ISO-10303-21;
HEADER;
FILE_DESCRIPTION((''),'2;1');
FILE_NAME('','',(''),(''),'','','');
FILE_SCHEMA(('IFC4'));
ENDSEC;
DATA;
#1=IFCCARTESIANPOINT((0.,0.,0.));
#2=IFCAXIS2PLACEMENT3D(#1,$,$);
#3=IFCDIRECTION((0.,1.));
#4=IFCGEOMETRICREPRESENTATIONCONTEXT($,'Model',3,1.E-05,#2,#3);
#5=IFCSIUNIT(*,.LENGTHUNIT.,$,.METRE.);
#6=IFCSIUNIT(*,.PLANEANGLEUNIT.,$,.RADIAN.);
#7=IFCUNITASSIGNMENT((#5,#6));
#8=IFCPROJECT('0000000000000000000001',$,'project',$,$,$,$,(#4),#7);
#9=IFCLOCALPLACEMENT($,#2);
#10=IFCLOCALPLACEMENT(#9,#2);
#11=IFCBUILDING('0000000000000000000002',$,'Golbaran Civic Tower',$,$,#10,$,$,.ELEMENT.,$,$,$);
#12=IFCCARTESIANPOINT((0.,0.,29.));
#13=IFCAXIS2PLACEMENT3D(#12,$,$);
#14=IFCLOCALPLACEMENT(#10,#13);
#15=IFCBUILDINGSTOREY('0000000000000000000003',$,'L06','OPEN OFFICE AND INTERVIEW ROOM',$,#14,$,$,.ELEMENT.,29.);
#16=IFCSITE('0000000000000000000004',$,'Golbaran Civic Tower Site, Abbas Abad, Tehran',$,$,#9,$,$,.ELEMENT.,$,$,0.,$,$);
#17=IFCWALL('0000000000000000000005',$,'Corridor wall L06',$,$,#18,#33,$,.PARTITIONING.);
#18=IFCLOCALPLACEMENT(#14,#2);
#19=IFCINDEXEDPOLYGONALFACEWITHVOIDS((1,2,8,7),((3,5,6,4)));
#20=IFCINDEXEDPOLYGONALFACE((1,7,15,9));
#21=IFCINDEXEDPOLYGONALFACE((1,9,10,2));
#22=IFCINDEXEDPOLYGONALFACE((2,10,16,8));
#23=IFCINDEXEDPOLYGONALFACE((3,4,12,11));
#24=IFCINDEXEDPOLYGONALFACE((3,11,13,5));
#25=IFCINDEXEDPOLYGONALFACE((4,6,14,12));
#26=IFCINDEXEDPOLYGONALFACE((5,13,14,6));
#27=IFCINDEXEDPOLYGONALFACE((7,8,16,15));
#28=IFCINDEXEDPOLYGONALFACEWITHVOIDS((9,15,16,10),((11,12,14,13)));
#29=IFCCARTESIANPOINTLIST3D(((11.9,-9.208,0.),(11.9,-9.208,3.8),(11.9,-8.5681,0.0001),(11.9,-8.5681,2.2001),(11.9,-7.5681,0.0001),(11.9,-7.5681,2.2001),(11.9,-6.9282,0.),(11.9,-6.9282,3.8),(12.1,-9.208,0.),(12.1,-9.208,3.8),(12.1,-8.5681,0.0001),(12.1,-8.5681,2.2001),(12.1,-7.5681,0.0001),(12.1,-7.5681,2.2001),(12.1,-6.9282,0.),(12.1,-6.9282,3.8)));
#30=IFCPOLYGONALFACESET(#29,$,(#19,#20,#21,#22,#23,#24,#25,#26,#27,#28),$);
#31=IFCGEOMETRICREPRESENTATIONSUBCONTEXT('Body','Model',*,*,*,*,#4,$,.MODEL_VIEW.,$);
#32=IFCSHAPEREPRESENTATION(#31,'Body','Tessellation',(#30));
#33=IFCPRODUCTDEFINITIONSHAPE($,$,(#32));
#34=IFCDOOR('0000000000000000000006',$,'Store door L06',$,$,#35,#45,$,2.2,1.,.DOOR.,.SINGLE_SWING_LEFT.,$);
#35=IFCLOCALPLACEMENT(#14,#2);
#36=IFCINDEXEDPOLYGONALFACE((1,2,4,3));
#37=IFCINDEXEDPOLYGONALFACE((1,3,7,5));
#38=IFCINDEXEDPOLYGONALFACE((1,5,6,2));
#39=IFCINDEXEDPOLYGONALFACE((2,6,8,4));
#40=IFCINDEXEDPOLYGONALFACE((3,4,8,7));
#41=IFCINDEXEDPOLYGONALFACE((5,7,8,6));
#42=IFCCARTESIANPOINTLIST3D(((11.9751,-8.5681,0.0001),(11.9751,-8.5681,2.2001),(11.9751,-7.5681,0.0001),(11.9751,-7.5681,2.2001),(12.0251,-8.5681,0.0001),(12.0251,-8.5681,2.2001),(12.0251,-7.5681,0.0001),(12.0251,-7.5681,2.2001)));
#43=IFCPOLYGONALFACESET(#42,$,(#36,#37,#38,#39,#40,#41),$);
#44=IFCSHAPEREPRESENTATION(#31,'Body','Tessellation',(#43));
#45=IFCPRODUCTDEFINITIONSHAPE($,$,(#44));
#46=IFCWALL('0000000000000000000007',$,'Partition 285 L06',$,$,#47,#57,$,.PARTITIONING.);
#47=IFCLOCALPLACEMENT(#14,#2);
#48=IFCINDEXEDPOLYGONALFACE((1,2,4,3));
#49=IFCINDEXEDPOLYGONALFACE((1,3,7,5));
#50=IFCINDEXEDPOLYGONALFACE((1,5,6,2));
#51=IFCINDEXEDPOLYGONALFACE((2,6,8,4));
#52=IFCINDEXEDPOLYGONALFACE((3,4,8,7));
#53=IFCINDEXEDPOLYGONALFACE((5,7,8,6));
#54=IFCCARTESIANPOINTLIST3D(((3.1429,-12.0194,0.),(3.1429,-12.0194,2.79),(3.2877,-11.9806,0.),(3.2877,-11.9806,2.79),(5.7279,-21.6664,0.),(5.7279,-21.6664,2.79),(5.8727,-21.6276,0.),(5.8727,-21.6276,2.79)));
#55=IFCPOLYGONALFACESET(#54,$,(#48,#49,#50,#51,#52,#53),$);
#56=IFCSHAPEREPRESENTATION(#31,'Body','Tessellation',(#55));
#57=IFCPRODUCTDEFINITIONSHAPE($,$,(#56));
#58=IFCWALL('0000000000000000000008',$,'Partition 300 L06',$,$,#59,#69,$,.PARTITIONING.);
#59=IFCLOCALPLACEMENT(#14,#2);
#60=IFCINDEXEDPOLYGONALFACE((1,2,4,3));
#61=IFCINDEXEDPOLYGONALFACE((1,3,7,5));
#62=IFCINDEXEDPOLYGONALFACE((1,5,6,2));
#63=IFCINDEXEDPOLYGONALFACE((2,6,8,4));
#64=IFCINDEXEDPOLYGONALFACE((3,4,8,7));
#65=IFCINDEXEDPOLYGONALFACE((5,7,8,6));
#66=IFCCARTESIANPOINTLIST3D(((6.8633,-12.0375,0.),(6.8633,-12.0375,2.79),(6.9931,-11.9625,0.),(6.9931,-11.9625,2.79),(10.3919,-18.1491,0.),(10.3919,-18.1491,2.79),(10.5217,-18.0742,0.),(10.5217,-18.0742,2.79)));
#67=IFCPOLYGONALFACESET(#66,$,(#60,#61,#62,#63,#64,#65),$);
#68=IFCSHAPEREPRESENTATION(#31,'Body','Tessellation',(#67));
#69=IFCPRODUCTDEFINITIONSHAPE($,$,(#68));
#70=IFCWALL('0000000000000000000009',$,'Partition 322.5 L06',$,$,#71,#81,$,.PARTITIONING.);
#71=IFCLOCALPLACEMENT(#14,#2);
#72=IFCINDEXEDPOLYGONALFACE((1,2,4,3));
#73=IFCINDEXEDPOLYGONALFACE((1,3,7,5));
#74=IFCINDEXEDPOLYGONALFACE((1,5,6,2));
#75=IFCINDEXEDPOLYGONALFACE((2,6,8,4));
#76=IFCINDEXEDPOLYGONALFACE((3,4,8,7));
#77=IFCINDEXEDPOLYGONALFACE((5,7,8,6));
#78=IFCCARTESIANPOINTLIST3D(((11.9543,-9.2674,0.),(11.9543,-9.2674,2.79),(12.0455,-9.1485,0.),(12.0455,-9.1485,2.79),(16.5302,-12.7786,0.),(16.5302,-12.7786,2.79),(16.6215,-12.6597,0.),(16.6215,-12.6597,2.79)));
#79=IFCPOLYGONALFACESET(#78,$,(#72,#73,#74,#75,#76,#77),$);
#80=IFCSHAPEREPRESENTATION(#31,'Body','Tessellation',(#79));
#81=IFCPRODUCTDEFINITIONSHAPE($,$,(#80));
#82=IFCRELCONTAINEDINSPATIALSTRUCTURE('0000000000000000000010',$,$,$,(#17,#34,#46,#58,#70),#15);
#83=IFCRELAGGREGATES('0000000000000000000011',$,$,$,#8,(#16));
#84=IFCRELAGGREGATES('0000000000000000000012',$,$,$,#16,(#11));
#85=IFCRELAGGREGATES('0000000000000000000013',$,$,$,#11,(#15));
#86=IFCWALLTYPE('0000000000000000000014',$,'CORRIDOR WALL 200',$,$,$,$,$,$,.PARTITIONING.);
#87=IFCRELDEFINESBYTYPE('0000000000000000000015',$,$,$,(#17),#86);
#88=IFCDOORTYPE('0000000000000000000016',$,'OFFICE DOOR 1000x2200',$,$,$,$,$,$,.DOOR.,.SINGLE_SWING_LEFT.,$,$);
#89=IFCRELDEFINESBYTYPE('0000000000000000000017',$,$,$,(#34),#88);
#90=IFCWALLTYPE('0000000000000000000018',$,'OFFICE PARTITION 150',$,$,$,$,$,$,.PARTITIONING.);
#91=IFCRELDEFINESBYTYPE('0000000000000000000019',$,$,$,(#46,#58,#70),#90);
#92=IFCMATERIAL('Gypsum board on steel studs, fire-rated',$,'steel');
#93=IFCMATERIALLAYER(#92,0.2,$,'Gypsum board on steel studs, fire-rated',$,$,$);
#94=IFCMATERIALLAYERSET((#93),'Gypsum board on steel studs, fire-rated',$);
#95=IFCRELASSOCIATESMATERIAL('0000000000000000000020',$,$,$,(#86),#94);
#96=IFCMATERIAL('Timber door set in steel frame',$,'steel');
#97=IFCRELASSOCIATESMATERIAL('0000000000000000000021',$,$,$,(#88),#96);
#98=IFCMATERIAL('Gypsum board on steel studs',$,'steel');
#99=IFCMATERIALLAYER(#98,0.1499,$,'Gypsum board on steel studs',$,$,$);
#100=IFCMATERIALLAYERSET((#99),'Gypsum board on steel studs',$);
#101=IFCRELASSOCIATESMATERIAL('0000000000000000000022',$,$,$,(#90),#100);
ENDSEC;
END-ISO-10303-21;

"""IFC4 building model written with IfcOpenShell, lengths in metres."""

from ifc_helpers import new_model, si_unit, direction, frame, frame_2d, origin, place, context, subcontext, project, spatial, rectangle, extrude, material, layer, layer_set, type_object, element, fill, save


model = new_model("IFC4")

# Units and contexts
model_context = context("Model", 3, precision=1e-05, world=origin(), true_north=direction((0.0, 1.0)))
body_context = subcontext(model_context, "Body", "Model", "MODEL_VIEW")
ifc_project = project(units=[si_unit("LENGTHUNIT", "METRE"), si_unit("PLANEANGLEUNIT", "RADIAN")], contexts=[model_context])

# Site, building, storey
site_placement = place(None, origin())
site = spatial("IfcSite", under=ifc_project, at=site_placement, Name="Golbaran Civic Tower Site, Abbas Abad, Tehran", CompositionType="ELEMENT", RefElevation=0.0)
building_placement = place(site_placement, origin())
building = spatial("IfcBuilding", under=site, at=building_placement, Name="Golbaran Civic Tower", CompositionType="ELEMENT")
storey_placement = place(building_placement, frame((0.0, 0.0, 29.0)))
storey = spatial("IfcBuildingStorey", under=building, at=storey_placement, Name="L06", Description="OPEN OFFICE AND INTERVIEW ROOM", CompositionType="ELEMENT", Elevation=29.0)

# Shared definitions
ifc_material_1 = material(Name="Timber door set in steel frame", Category="steel")

# Shared definitions
ifc_material_2 = material(Name="Gypsum board on steel studs, fire-rated", Category="steel")
ifc_layer_1 = layer(ifc_material_2, 0.2, Name="Gypsum board on steel studs, fire-rated")
ifc_layer_set_1 = layer_set([ifc_layer_1], Name="Gypsum board on steel studs, fire-rated")
wall_type_1 = type_object("IfcWallType", Name="CORRIDOR WALL 200", PredefinedType="PARTITIONING", material=ifc_layer_set_1)
door_type_1 = type_object("IfcDoorType", Name="OFFICE DOOR 1000x2200", OperationType="SINGLE_SWING_LEFT", PredefinedType="DOOR", material=ifc_material_1)

# Wall, opening, door
wall_1_placement = place(storey_placement, frame((12.0, -9.208, 0.0), z_axis=(0.0, 0.0, 1.0), x_axis=(0.0, 1.0, 0.0)))
wall_1 = element("IfcWall", 1, at=wall_1_placement, inside=storey, type_object=wall_type_1, Name="Corridor wall L06", PredefinedType="PARTITIONING", context=body_context, shape_type="SweptSolid", body=[
    extrude(rectangle(XDim=2.2798, YDim=0.2, at=frame_2d((1.1399, 0.0))), origin(), (0.0, 0.0, 1.0), 3.8),
])
opening_1_placement = place(wall_1_placement, frame((0.6399, 0.0, 0.0)))
opening_1 = element("IfcOpeningElement", 2, at=opening_1_placement, cuts=wall_1, PredefinedType="OPENING", context=body_context, shape_type="SweptSolid", body=[
    extrude(rectangle(XDim=1.0, YDim=2.2, at=frame_2d((0.5, 1.1001))), frame((0.0, 0.1099, 0.0), z_axis=(0.0, -1.0, 0.0), x_axis=(1.0, 0.0, 0.0)), (0.0, 0.0, 1.0), 0.22),
])
door_1_placement = place(opening_1_placement, origin())
door_1 = element("IfcDoor", 3, at=door_1_placement, inside=storey, type_object=door_type_1, Name="Store door L06", OperationType="SINGLE_SWING_LEFT", OverallHeight=2.2, OverallWidth=1.0, PredefinedType="DOOR", context=body_context, shape_type="SweptSolid", body=[
    extrude(rectangle(XDim=1.0, YDim=2.2, at=frame_2d((0.5, 1.1001))), frame((0.0, 0.0249, 0.0), z_axis=(0.0, -1.0, 0.0), x_axis=(1.0, 0.0, 0.0)), (0.0, 0.0, 1.0), 0.05),
])
fill(opening_1, door_1)

# Walls
ifc_material_3 = material(Name="Gypsum board on steel studs", Category="steel")
ifc_layer_2 = layer(ifc_material_3, 0.1499, Name="Gypsum board on steel studs")
ifc_layer_set_2 = layer_set([ifc_layer_2], Name="Gypsum board on steel studs")
wall_type_2 = type_object("IfcWallType", Name="OFFICE PARTITION 150", PredefinedType="PARTITIONING", material=ifc_layer_set_2)
wall_2_placement = place(storey_placement, frame((3.2153, -12.0, 0.0), z_axis=(0.0, 0.0, 1.0), x_axis=(0.258825, -0.965924, 0.0)))
element("IfcWall", 4, at=wall_2_placement, inside=storey, type_object=wall_type_2, Name="Partition 285 L06", PredefinedType="PARTITIONING", context=body_context, shape_type="SweptSolid", body=[
    extrude(rectangle(XDim=9.9873, YDim=0.1499, at=frame_2d((4.9937, 0.0))), origin(), (0.0, 0.0, 1.0), 2.79),
])
wall_3_placement = place(storey_placement, frame((6.9282, -12.0, 0.0), z_axis=(0.0, 0.0, 1.0), x_axis=(0.500005, -0.866023, 0.0)))
element("IfcWall", 5, at=wall_3_placement, inside=storey, type_object=wall_type_2, Name="Partition 300 L06", PredefinedType="PARTITIONING", context=body_context, shape_type="SweptSolid", body=[
    extrude(rectangle(XDim=7.0571, YDim=0.1499, at=frame_2d((3.5286, 0.0))), origin(), (0.0, 0.0, 1.0), 2.79),
])
wall_4_placement = place(storey_placement, frame((12.0, -9.208, 0.0), z_axis=(0.0, 0.0, 1.0), x_axis=(0.793354, -0.608761, 0.0)))
element("IfcWall", 6, at=wall_4_placement, inside=storey, type_object=wall_type_2, Name="Partition 322.5 L06", PredefinedType="PARTITIONING", context=body_context, shape_type="SweptSolid", body=[
    extrude(rectangle(XDim=5.7678, YDim=0.1499, at=frame_2d((2.8838, 0.0))), origin(), (0.0, 0.0, 1.0), 2.79),
])

save(model, "model.ifc")
